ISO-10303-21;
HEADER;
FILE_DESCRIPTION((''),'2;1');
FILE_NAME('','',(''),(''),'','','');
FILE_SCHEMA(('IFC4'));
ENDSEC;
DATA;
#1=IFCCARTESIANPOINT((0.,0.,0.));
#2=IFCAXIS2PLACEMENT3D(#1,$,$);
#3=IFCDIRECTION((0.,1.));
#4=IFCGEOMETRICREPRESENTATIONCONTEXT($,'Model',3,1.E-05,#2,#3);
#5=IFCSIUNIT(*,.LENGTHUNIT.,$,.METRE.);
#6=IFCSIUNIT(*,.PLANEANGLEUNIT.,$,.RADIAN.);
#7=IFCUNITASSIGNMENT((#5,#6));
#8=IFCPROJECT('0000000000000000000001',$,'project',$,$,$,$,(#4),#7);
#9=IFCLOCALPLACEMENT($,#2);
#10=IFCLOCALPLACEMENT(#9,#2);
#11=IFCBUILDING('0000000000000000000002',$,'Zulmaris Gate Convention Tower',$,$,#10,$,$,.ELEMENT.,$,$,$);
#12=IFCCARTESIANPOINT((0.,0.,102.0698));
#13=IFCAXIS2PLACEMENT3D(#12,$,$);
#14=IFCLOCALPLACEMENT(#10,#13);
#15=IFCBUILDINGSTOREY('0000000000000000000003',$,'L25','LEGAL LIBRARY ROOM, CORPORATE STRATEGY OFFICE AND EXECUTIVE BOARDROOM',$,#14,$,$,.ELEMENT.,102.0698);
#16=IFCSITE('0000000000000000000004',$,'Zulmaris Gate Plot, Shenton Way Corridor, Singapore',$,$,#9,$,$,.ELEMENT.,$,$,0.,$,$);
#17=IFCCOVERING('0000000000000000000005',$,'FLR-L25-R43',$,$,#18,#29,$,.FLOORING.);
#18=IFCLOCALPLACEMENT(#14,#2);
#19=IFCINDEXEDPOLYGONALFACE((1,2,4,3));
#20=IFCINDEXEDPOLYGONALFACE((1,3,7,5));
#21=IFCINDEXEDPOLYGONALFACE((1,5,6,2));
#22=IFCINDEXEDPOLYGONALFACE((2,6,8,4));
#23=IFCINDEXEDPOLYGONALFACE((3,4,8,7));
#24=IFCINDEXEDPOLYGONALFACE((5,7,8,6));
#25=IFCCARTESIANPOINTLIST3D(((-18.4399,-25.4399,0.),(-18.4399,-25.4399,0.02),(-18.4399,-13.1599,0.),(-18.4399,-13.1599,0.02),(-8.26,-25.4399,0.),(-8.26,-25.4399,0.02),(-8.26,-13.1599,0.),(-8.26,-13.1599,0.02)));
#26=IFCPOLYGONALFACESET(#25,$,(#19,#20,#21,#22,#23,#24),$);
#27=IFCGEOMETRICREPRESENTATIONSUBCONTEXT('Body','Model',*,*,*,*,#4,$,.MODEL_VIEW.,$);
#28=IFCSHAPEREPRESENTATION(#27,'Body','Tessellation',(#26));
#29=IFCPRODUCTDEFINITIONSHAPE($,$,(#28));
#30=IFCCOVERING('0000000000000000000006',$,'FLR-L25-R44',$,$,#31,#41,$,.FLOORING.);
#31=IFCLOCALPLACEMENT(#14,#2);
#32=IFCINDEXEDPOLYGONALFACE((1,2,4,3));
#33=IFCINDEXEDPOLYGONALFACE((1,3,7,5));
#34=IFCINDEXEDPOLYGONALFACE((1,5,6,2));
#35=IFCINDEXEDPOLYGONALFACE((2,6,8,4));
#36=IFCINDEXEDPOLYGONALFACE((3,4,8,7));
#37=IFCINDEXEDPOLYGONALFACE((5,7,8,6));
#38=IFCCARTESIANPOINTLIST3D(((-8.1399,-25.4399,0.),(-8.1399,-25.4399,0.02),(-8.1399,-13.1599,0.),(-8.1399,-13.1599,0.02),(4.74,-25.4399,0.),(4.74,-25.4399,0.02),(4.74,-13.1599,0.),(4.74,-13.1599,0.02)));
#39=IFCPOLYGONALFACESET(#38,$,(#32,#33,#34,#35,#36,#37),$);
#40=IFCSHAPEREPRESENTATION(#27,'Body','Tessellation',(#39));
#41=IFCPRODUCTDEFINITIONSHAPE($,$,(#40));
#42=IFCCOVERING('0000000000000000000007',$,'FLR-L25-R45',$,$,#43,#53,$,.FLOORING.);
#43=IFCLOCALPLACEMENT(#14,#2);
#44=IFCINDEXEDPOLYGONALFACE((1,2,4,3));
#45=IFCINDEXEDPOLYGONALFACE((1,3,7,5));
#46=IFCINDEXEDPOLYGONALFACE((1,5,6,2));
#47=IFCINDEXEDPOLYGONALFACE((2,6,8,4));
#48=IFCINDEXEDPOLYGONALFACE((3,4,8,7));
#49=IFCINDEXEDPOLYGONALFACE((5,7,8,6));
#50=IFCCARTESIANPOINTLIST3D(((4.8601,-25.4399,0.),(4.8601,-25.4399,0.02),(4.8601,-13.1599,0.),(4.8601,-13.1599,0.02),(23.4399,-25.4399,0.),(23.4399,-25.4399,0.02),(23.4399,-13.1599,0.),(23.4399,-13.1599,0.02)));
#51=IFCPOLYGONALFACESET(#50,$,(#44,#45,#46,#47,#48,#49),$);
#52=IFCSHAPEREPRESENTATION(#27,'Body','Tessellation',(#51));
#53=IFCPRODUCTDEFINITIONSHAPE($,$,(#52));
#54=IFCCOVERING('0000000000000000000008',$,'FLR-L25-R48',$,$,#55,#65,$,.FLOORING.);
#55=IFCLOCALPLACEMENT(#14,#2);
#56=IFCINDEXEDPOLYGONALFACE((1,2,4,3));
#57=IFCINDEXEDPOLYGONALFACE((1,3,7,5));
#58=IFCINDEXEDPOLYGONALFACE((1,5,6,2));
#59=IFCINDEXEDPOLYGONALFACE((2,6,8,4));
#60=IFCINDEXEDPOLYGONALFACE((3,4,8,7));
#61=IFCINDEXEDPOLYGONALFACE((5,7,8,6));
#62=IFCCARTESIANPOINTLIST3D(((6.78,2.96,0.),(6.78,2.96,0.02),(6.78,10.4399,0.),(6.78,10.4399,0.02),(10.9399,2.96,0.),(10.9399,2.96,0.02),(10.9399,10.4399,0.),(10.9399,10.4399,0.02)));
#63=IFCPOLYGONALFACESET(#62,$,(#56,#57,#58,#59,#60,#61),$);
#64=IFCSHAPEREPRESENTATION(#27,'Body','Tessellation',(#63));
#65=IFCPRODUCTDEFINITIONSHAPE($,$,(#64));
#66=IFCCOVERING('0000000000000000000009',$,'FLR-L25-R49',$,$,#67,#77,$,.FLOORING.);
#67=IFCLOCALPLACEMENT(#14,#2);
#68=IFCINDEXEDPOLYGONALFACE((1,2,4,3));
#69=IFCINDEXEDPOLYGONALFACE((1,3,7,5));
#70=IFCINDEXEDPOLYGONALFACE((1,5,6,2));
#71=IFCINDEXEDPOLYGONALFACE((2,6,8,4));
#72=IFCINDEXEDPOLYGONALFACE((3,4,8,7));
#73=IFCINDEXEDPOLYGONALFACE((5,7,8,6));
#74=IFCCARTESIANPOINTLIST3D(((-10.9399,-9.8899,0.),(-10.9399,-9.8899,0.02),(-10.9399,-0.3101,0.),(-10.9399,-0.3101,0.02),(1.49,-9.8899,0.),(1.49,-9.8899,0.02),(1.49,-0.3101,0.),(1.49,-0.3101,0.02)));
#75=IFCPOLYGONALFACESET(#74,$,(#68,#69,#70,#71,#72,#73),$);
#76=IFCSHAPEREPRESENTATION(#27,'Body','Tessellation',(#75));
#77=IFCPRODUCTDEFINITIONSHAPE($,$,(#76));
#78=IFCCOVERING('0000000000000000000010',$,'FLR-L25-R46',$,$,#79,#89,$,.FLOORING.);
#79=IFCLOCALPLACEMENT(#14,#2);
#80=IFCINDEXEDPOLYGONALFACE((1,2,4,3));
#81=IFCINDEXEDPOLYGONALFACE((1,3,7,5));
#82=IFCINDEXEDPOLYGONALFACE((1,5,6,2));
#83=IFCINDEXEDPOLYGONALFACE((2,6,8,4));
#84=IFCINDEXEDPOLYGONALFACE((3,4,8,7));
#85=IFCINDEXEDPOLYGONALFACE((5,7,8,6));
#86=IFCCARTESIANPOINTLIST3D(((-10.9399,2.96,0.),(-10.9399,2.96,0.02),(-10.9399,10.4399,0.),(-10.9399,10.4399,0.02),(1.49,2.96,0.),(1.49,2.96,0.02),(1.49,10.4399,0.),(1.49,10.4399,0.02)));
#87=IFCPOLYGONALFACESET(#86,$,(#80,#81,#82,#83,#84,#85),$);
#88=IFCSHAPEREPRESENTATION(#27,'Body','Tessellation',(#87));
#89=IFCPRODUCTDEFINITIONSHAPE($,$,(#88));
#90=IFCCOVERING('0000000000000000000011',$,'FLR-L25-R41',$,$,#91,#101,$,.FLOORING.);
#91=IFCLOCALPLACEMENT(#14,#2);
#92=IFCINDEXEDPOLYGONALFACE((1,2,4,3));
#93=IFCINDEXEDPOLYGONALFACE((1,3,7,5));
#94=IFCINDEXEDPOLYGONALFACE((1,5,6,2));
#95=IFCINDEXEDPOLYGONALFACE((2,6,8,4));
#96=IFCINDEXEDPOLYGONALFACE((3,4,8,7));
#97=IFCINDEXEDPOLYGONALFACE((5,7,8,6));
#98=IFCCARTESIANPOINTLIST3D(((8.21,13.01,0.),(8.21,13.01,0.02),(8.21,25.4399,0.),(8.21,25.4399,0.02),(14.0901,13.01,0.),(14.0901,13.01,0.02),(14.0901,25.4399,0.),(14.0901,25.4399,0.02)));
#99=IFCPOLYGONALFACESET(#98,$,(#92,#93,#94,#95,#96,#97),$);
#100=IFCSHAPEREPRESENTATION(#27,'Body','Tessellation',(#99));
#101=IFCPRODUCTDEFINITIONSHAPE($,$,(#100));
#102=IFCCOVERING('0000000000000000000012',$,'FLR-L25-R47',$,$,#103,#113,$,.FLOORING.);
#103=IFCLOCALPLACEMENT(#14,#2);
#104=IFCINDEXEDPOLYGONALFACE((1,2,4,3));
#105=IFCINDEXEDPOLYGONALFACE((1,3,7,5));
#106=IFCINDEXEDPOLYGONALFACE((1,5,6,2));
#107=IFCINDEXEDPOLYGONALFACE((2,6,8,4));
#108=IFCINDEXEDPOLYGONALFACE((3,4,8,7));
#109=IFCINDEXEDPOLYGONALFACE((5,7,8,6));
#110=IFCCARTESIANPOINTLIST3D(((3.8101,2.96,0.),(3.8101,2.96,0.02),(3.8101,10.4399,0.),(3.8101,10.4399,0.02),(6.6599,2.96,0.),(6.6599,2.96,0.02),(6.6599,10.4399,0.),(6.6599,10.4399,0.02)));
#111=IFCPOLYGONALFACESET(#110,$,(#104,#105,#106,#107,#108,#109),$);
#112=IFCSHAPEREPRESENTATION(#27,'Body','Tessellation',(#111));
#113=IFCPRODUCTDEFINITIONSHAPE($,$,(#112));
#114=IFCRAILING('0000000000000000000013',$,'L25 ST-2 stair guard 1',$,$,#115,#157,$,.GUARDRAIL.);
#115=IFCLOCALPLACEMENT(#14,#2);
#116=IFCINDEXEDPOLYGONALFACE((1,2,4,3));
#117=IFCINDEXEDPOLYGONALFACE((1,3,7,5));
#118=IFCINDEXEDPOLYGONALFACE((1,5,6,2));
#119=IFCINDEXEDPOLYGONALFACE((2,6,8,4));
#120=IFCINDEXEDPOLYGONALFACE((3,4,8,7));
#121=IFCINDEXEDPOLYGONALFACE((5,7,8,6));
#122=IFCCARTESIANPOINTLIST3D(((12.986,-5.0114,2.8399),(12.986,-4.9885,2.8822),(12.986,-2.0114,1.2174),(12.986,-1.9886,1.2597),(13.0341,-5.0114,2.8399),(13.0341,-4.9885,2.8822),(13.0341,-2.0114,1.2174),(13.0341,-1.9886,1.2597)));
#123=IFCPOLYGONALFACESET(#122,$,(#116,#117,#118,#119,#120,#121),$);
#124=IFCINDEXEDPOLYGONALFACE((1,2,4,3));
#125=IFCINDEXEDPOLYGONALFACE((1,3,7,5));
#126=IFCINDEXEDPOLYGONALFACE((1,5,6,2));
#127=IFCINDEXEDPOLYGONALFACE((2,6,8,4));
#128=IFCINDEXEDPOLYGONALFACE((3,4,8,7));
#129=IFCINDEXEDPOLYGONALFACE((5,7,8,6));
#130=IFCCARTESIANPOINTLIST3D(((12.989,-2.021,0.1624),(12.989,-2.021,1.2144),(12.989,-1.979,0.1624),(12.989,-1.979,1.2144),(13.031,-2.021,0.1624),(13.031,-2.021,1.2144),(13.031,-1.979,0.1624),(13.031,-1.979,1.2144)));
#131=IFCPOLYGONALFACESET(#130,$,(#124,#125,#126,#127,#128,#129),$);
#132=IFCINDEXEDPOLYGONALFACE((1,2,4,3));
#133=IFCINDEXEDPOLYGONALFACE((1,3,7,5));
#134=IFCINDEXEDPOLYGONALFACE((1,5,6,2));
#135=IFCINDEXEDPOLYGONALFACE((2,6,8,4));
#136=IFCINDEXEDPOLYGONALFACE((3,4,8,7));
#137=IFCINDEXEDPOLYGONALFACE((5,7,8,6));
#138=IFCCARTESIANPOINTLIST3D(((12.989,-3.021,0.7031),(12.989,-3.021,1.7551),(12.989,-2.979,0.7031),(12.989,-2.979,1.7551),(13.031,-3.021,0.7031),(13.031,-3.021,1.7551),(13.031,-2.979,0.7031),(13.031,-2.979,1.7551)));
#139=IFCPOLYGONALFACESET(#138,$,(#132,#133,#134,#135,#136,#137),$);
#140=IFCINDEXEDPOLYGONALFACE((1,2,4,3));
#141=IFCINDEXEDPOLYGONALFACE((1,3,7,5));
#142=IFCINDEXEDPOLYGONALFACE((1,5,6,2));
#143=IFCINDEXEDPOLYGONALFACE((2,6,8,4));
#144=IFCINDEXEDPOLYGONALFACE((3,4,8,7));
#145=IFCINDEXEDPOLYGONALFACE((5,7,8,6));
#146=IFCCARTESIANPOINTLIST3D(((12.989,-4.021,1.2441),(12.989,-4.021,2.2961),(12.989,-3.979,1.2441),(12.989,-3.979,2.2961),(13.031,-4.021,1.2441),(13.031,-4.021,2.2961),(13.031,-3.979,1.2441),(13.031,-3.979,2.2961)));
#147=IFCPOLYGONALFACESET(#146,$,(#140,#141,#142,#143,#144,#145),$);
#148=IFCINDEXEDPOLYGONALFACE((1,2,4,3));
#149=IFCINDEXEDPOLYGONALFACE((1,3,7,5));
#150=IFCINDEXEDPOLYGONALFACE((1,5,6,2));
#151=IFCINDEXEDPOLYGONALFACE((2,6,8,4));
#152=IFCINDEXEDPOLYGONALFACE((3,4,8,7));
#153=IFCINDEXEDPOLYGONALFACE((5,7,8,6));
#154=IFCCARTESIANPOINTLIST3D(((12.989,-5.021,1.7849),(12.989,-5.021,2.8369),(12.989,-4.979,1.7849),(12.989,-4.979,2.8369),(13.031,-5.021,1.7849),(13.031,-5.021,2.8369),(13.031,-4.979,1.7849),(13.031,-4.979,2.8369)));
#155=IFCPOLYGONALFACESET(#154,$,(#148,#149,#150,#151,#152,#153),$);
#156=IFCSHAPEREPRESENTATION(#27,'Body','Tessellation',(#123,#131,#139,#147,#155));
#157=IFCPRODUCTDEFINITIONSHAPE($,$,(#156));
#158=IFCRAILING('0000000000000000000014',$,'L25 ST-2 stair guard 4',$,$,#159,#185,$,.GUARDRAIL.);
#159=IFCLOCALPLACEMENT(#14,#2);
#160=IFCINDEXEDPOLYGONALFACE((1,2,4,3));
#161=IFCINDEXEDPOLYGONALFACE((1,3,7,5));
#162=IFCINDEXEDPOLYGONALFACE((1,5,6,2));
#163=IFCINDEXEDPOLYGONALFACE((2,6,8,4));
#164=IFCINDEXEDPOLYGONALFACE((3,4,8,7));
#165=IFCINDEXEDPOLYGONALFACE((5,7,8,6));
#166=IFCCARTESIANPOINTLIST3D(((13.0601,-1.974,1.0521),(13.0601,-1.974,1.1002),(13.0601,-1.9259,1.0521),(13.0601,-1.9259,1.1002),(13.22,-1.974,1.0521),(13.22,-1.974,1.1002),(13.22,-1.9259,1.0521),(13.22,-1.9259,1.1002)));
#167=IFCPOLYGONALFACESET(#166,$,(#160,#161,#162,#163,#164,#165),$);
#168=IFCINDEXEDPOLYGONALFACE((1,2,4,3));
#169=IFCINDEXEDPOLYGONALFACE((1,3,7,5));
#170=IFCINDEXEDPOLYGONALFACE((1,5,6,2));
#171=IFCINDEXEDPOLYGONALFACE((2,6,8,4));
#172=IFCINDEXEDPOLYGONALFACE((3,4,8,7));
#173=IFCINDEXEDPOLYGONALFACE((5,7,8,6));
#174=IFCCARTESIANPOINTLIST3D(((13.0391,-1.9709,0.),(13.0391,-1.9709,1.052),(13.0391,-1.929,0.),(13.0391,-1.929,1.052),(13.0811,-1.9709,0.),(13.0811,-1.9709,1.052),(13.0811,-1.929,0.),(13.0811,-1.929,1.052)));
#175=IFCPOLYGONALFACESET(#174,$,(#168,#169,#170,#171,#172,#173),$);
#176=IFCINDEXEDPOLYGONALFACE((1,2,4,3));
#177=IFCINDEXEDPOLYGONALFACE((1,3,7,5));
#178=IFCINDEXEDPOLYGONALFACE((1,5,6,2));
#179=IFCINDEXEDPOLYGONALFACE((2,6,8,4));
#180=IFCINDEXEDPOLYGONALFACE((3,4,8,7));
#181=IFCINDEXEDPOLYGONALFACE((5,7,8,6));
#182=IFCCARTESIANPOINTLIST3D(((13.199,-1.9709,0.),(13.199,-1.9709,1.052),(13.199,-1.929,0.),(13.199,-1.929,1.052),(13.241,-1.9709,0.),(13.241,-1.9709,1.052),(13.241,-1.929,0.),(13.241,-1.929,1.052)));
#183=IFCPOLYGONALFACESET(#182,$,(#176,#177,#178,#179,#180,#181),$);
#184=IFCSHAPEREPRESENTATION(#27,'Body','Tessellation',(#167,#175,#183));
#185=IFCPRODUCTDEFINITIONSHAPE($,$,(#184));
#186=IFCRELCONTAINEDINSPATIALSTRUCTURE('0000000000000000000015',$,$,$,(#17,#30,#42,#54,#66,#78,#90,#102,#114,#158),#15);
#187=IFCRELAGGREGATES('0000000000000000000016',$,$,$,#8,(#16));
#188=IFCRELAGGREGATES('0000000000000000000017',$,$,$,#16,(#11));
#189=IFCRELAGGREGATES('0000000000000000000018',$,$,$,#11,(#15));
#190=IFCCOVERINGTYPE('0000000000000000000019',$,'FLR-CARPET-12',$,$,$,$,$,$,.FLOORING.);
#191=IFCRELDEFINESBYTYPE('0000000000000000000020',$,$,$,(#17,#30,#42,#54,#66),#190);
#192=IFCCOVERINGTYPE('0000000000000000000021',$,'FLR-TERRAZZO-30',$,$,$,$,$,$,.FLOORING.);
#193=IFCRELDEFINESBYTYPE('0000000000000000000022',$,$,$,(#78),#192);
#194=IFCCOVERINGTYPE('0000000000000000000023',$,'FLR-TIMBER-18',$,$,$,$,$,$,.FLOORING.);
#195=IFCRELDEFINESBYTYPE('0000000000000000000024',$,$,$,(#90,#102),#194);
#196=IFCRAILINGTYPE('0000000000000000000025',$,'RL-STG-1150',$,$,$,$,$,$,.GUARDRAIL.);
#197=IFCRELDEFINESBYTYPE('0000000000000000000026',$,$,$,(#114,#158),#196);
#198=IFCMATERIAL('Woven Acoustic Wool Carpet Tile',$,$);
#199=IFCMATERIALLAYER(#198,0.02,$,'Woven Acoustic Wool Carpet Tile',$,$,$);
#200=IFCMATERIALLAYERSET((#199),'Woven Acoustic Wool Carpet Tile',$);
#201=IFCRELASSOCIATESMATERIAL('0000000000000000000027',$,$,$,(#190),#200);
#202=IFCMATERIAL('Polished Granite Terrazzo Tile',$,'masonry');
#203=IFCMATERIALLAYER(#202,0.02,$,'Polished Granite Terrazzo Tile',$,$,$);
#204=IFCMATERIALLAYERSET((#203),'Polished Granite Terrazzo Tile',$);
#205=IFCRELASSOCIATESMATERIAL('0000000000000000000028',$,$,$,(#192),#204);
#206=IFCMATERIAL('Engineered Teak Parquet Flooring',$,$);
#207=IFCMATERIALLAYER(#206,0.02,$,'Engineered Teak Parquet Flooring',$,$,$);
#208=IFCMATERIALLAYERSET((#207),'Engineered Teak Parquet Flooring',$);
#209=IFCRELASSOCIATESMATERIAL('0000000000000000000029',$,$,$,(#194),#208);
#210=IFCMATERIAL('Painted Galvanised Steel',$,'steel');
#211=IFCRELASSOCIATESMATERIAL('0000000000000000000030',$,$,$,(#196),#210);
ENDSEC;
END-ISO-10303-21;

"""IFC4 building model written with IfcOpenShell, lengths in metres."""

from ifc_helpers import new_model, si_unit, direction, frame, origin, origin_2d, place, context, subcontext, project, spatial, polyline, rectangle, outline, extrude, material, layer, layer_set, type_object, element, save


model = new_model("IFC4")

# Units and contexts
model_context = context("Model", 3, precision=1e-05, world=origin(), true_north=direction((0.0, 1.0)))
body_context = subcontext(model_context, "Body", "Model", "MODEL_VIEW")
ifc_project = project(units=[si_unit("LENGTHUNIT", "METRE"), si_unit("PLANEANGLEUNIT", "RADIAN")], contexts=[model_context])

# Site, building, storey
site_placement = place(None, origin())
site = spatial("IfcSite", under=ifc_project, at=site_placement, Name="Zulmaris Gate Plot, Shenton Way Corridor, Singapore", CompositionType="ELEMENT", RefElevation=0.0)
building_placement = place(site_placement, origin())
building = spatial("IfcBuilding", under=site, at=building_placement, Name="Zulmaris Gate Convention Tower", CompositionType="ELEMENT")
storey_placement = place(building_placement, frame((0.0, 0.0, 102.0698)))
storey = spatial("IfcBuildingStorey", under=building, at=storey_placement, Name="L25", Description="LEGAL LIBRARY ROOM, CORPORATE STRATEGY OFFICE AND EXECUTIVE BOARDROOM", CompositionType="ELEMENT", Elevation=102.0698)

# Coverings
ifc_material_1 = material(Name="Woven Acoustic Wool Carpet Tile")
ifc_layer_1 = layer(ifc_material_1, 0.02, Name="Woven Acoustic Wool Carpet Tile")
ifc_layer_set_1 = layer_set([ifc_layer_1], Name="Woven Acoustic Wool Carpet Tile")
covering_type_1 = type_object("IfcCoveringType", Name="FLR-CARPET-12", PredefinedType="FLOORING", material=ifc_layer_set_1)
covering_1_placement = place(storey_placement, origin())
element("IfcCovering", 1, at=covering_1_placement, inside=storey, type_object=covering_type_1, Name="FLR-L25-R43", PredefinedType="FLOORING", context=body_context, shape_type="SweptSolid", body=[
    extrude(outline(polyline([(-18.4399, -25.4399), (-8.26, -25.4399), (-8.26, -13.1599), (-18.4399, -13.1599), (-18.4399, -25.4399)])), origin(), (0.0, 0.0, 1.0), 0.02),
])
covering_2_placement = place(storey_placement, origin())
element("IfcCovering", 2, at=covering_2_placement, inside=storey, type_object=covering_type_1, Name="FLR-L25-R44", PredefinedType="FLOORING", context=body_context, shape_type="SweptSolid", body=[
    extrude(outline(polyline([(-8.1399, -25.4399), (4.74, -25.4399), (4.74, -13.1599), (-8.1399, -13.1599), (-8.1399, -25.4399)])), origin(), (0.0, 0.0, 1.0), 0.02),
])
covering_3_placement = place(storey_placement, origin())
element("IfcCovering", 3, at=covering_3_placement, inside=storey, type_object=covering_type_1, Name="FLR-L25-R45", PredefinedType="FLOORING", context=body_context, shape_type="SweptSolid", body=[
    extrude(outline(polyline([(4.8601, -25.4399), (23.4399, -25.4399), (23.4399, -13.1599), (4.8601, -13.1599), (4.8601, -25.4399)])), origin(), (0.0, 0.0, 1.0), 0.02),
])
covering_4_placement = place(storey_placement, origin())
element("IfcCovering", 4, at=covering_4_placement, inside=storey, type_object=covering_type_1, Name="FLR-L25-R48", PredefinedType="FLOORING", context=body_context, shape_type="SweptSolid", body=[
    extrude(outline(polyline([(6.78, 2.96), (10.9399, 2.96), (10.9399, 10.4399), (6.78, 10.4399), (6.78, 2.96)])), origin(), (0.0, 0.0, 1.0), 0.02),
])
covering_5_placement = place(storey_placement, origin())
element("IfcCovering", 5, at=covering_5_placement, inside=storey, type_object=covering_type_1, Name="FLR-L25-R49", PredefinedType="FLOORING", context=body_context, shape_type="SweptSolid", body=[
    extrude(outline(polyline([(-10.9399, -9.8899), (1.49, -9.8899), (1.49, -0.3101), (-10.9399, -0.3101), (-10.9399, -9.8899)])), origin(), (0.0, 0.0, 1.0), 0.02),
])
ifc_material_2 = material(Name="Polished Granite Terrazzo Tile", Category="masonry")
ifc_layer_2 = layer(ifc_material_2, 0.02, Name="Polished Granite Terrazzo Tile")
ifc_layer_set_2 = layer_set([ifc_layer_2], Name="Polished Granite Terrazzo Tile")
covering_type_2 = type_object("IfcCoveringType", Name="FLR-TERRAZZO-30", PredefinedType="FLOORING", material=ifc_layer_set_2)
covering_6_placement = place(storey_placement, origin())
element("IfcCovering", 6, at=covering_6_placement, inside=storey, type_object=covering_type_2, Name="FLR-L25-R46", PredefinedType="FLOORING", context=body_context, shape_type="SweptSolid", body=[
    extrude(outline(polyline([(-10.9399, 2.96), (1.49, 2.96), (1.49, 10.4399), (-10.9399, 10.4399), (-10.9399, 2.96)])), origin(), (0.0, 0.0, 1.0), 0.02),
])
ifc_material_3 = material(Name="Engineered Teak Parquet Flooring")
ifc_layer_3 = layer(ifc_material_3, 0.02, Name="Engineered Teak Parquet Flooring")
ifc_layer_set_3 = layer_set([ifc_layer_3], Name="Engineered Teak Parquet Flooring")
covering_type_3 = type_object("IfcCoveringType", Name="FLR-TIMBER-18", PredefinedType="FLOORING", material=ifc_layer_set_3)
covering_7_placement = place(storey_placement, origin())
element("IfcCovering", 7, at=covering_7_placement, inside=storey, type_object=covering_type_3, Name="FLR-L25-R41", PredefinedType="FLOORING", context=body_context, shape_type="SweptSolid", body=[
    extrude(outline(polyline([(8.21, 13.01), (14.0901, 13.01), (14.0901, 25.4399), (8.21, 25.4399), (8.21, 13.01)])), origin(), (0.0, 0.0, 1.0), 0.02),
])
covering_8_placement = place(storey_placement, origin())
element("IfcCovering", 8, at=covering_8_placement, inside=storey, type_object=covering_type_3, Name="FLR-L25-R47", PredefinedType="FLOORING", context=body_context, shape_type="SweptSolid", body=[
    extrude(outline(polyline([(3.8101, 2.96), (6.6599, 2.96), (6.6599, 10.4399), (3.8101, 10.4399), (3.8101, 2.96)])), origin(), (0.0, 0.0, 1.0), 0.02),
])

# Railings
ifc_material_4 = material(Name="Painted Galvanised Steel", Category="steel")
railing_type_1 = type_object("IfcRailingType", Name="RL-STG-1150", PredefinedType="GUARDRAIL", material=ifc_material_4)
railing_1_placement = place(storey_placement, frame((13.01, -2.0, 0.1624)))
element("IfcRailing", 9, at=railing_1_placement, inside=storey, type_object=railing_type_1, Name="L25 ST-2 stair guard 1", PredefinedType="GUARDRAIL", context=body_context, shape_type="SweptSolid", body=[
    extrude(rectangle(XDim=0.0481, YDim=0.0481, at=origin_2d()), frame((0.0, 0.0, 1.0762), z_axis=(0.0, -0.879592, 0.47573), x_axis=(1.0, 0.0, 0.0)), (0.0, 0.0, 1.0), 3.4106),
    extrude(rectangle(XDim=0.042, YDim=0.042, at=origin_2d()), origin(), (0.0, 0.0, 1.0), 1.052),
    extrude(rectangle(XDim=0.042, YDim=0.042, at=origin_2d()), frame((0.0, -1.0, 0.5408)), (0.0, 0.0, 1.0), 1.052),
    extrude(rectangle(XDim=0.042, YDim=0.042, at=origin_2d()), frame((0.0, -2.0, 1.0818)), (0.0, 0.0, 1.0), 1.052),
    extrude(rectangle(XDim=0.042, YDim=0.042, at=origin_2d()), frame((0.0, -3.0, 1.6226)), (0.0, 0.0, 1.0), 1.052),
])
railing_2_placement = place(storey_placement, frame((13.0601, -1.95, 0.0)))
element("IfcRailing", 10, at=railing_2_placement, inside=storey, type_object=railing_type_1, Name="L25 ST-2 stair guard 4", PredefinedType="GUARDRAIL", context=body_context, shape_type="SweptSolid", body=[
    extrude(rectangle(XDim=0.0481, YDim=0.0481, at=origin_2d()), frame((0.0, 0.0, 1.0762), z_axis=(1.0, 0.0, 0.0), x_axis=(0.0, 1.0, 0.0)), (0.0, 0.0, 1.0), 0.1599),
    extrude(rectangle(XDim=0.042, YDim=0.042, at=origin_2d()), origin(), (0.0, 0.0, 1.0), 1.052),
    extrude(rectangle(XDim=0.042, YDim=0.042, at=origin_2d()), frame((0.1599, 0.0, 0.0)), (0.0, 0.0, 1.0), 1.052),
])

save(model, "model.ifc")
